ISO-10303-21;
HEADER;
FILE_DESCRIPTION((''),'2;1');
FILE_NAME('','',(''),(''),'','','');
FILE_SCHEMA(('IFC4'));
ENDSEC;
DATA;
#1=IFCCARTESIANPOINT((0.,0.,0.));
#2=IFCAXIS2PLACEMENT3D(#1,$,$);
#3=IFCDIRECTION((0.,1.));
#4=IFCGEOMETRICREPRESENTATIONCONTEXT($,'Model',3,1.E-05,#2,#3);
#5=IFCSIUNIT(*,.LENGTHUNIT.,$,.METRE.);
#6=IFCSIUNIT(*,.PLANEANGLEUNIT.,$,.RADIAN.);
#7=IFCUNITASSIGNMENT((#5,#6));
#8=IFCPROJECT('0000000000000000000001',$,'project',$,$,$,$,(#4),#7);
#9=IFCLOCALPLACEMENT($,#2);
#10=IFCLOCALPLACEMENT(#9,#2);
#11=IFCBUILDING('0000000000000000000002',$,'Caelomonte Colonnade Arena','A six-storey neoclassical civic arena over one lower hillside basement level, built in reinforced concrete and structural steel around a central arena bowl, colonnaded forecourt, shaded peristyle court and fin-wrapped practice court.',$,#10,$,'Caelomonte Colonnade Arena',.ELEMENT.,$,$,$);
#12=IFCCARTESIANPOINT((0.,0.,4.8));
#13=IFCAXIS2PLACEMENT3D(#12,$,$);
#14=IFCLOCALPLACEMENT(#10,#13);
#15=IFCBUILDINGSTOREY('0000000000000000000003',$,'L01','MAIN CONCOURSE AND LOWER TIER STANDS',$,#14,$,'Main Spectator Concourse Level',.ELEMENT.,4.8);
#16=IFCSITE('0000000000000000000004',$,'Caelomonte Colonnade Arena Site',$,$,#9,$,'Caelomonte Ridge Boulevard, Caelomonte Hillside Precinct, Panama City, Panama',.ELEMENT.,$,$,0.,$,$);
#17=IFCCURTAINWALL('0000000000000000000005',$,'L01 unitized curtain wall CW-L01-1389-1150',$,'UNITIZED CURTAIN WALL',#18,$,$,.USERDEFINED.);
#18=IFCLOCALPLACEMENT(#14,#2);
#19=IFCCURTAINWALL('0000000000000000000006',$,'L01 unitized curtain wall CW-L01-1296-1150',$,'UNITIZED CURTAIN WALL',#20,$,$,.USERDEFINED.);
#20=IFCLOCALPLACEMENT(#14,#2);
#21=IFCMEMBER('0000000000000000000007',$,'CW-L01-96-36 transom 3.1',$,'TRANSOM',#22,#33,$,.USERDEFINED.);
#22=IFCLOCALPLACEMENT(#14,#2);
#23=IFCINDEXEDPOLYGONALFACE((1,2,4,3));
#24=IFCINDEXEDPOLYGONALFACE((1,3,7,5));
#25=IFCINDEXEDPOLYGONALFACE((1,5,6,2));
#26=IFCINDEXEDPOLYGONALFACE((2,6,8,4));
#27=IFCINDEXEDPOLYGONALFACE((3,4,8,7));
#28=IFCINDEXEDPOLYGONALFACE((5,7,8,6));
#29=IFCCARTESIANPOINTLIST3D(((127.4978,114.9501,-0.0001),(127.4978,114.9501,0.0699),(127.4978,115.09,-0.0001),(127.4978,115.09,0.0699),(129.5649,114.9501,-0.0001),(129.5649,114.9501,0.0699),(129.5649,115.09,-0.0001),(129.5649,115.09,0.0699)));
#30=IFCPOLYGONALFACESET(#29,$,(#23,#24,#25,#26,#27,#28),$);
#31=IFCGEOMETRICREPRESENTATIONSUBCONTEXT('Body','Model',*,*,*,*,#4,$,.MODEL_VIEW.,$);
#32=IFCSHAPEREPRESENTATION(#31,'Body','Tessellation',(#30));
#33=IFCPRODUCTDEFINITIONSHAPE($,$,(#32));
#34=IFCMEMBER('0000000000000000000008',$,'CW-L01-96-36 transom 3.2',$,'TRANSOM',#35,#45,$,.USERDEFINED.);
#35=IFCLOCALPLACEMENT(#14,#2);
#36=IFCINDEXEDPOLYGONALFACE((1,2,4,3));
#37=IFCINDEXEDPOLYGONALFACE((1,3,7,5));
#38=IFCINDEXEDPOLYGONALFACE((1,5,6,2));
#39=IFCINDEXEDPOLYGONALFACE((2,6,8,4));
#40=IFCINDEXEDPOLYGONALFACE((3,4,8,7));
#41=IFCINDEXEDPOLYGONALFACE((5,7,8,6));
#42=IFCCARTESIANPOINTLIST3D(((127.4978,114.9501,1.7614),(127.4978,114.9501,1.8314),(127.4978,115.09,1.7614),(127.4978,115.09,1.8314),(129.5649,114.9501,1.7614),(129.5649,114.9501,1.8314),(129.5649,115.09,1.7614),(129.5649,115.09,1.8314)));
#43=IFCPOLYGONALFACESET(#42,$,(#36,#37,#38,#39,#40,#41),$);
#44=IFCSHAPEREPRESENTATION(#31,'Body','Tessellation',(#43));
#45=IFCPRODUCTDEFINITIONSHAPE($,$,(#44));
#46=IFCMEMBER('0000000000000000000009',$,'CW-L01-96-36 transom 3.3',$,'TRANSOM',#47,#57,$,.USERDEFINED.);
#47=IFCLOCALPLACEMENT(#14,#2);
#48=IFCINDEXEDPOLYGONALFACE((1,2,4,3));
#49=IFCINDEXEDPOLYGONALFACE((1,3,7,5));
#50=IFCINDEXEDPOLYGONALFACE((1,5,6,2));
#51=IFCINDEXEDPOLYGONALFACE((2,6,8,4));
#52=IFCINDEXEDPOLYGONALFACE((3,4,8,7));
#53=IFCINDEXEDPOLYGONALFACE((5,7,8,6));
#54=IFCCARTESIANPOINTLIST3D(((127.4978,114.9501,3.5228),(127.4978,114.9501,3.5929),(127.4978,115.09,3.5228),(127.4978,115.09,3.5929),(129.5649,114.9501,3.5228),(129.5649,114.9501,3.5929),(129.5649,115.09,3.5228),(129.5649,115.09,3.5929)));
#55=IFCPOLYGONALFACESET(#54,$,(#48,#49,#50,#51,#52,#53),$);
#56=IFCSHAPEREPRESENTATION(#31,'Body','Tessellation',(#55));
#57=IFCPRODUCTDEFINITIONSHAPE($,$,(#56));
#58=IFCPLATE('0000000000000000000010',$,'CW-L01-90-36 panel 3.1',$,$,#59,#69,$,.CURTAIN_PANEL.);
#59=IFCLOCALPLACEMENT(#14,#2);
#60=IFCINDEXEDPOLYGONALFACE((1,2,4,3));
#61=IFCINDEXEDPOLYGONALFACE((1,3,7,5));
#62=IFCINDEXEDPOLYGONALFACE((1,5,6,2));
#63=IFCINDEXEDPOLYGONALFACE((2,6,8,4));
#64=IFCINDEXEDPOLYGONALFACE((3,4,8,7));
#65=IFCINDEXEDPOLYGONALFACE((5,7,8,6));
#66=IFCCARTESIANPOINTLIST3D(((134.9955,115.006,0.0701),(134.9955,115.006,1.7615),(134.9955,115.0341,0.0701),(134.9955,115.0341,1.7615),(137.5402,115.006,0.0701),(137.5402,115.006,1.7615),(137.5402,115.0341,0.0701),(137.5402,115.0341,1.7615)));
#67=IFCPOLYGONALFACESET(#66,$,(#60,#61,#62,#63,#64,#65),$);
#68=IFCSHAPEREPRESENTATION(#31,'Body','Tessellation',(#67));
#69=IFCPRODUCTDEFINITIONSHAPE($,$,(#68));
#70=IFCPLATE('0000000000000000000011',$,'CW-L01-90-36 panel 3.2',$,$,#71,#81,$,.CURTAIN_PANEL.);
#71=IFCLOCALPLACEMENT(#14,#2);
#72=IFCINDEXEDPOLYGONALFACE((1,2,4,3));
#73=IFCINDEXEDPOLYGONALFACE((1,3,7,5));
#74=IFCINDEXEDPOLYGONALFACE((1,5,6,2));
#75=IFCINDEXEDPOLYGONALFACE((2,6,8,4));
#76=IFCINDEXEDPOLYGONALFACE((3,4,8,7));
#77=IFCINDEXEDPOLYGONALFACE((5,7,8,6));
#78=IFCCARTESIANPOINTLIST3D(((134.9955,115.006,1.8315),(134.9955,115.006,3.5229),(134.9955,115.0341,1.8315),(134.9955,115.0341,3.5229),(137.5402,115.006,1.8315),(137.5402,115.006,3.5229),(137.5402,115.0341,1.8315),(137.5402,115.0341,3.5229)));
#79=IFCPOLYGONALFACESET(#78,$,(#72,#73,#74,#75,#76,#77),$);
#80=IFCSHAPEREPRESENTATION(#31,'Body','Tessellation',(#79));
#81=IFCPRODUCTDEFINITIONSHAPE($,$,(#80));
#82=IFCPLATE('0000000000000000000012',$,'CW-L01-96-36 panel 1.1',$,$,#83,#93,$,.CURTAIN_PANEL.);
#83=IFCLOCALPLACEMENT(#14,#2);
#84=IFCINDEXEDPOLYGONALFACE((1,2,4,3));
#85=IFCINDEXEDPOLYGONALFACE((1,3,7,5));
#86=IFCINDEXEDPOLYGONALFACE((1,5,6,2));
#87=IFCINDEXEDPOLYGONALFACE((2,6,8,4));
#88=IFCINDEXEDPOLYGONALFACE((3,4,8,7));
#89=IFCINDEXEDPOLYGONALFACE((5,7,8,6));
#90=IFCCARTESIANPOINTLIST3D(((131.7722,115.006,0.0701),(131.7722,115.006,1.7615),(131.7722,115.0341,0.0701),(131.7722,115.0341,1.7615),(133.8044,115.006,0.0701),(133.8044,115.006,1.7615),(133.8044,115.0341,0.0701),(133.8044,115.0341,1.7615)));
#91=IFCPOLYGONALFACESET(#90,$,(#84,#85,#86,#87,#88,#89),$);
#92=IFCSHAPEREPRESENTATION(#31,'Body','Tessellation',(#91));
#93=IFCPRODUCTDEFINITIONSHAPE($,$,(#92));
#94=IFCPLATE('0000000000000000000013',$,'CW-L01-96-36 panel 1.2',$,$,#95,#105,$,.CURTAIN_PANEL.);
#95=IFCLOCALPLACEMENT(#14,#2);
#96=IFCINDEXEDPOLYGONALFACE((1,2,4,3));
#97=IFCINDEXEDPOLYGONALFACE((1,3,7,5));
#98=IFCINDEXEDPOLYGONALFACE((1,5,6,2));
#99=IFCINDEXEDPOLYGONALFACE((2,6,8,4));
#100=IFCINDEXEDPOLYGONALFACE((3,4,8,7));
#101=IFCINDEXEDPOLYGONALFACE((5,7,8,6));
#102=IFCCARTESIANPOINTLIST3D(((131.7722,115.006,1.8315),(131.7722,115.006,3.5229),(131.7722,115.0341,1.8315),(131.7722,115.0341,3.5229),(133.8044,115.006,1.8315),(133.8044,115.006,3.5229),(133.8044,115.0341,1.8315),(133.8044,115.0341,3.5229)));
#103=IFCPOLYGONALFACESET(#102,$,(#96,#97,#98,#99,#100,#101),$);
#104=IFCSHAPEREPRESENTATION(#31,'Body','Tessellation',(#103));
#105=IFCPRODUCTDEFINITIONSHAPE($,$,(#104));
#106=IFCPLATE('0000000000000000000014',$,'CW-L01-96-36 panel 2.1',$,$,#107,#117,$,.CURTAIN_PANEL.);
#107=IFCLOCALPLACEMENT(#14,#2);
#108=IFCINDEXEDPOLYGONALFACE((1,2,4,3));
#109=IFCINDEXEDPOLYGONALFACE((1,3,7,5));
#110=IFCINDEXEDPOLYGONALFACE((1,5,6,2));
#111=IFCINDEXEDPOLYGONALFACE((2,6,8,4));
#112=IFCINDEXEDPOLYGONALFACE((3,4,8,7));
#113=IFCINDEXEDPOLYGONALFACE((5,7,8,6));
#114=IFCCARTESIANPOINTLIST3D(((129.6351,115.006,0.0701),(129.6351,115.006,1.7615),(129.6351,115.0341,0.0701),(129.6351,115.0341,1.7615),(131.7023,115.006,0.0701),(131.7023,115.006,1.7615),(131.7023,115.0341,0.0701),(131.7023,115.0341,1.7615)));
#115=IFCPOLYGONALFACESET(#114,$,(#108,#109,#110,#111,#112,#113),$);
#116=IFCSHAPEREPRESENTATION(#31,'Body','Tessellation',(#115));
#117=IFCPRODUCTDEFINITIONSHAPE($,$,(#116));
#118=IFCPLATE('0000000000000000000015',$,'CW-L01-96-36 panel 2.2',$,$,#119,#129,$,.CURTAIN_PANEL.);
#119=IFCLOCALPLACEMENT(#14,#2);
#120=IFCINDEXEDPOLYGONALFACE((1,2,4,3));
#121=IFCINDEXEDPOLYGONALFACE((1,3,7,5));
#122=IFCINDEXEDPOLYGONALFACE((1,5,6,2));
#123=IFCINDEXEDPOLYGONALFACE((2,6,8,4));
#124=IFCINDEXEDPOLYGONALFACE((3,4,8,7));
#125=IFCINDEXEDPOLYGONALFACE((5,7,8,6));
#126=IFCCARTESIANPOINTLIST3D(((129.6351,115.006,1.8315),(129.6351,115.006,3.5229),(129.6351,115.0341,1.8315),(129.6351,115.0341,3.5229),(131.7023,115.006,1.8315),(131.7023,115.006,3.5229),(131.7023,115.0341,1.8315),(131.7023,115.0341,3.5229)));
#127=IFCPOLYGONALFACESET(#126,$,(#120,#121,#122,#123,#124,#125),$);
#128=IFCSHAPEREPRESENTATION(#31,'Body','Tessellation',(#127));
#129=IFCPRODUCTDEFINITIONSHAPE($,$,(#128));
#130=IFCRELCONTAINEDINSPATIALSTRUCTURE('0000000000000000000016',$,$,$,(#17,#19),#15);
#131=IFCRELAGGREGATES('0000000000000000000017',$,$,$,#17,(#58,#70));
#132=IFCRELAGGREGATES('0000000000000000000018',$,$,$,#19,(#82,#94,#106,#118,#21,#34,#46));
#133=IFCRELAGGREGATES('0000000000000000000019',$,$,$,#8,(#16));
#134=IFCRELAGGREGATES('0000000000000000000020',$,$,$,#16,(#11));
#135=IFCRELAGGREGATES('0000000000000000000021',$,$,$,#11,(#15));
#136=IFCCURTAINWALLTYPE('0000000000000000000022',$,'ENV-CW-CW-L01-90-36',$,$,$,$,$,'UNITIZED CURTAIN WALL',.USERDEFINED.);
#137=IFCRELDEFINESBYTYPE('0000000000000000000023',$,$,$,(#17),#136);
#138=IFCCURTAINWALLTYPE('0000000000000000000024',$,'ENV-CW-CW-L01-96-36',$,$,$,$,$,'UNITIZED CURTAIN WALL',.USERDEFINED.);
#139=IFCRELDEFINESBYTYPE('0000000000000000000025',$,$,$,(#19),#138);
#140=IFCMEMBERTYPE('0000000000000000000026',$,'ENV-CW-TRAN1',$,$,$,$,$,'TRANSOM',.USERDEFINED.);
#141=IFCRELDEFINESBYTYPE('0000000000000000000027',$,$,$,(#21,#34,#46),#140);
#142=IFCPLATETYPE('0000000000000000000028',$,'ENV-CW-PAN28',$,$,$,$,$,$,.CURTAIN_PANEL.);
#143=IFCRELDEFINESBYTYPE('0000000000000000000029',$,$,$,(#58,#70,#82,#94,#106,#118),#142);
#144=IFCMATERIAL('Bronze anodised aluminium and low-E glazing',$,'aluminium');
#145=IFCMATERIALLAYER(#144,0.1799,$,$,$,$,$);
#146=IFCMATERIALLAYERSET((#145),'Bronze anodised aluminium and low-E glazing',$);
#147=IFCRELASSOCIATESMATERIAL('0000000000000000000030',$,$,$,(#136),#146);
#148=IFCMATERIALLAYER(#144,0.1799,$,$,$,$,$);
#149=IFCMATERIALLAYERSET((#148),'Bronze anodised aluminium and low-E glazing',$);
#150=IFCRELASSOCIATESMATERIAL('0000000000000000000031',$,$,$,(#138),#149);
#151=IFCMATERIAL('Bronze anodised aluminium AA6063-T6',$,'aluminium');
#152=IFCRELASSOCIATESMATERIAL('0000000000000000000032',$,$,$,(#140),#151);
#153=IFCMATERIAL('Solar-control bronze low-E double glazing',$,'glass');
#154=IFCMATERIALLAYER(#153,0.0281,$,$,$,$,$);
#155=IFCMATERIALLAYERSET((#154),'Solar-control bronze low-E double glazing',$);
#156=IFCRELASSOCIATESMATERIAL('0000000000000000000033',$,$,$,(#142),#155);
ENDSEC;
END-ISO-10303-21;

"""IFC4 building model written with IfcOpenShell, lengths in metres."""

from ifc_helpers import new_model, si_unit, direction, frame, origin, origin_2d, place, context, subcontext, project, spatial, rectangle, extrude, material, layer, layer_set, material_profile, profile_set, type_object, element, aggregate, save


model = new_model("IFC4")

# Units and contexts
model_context = context("Model", 3, precision=1e-05, world=origin(), true_north=direction((0.0, 1.0)))
body_context = subcontext(model_context, "Body", "Model", "MODEL_VIEW")
ifc_project = project(units=[si_unit("LENGTHUNIT", "METRE"), si_unit("PLANEANGLEUNIT", "RADIAN")], contexts=[model_context])

# Site, building, storey
site_placement = place(None, origin())
site = spatial("IfcSite", under=ifc_project, at=site_placement, Name="Caelomonte Colonnade Arena Site", LongName="Caelomonte Ridge Boulevard, Caelomonte Hillside Precinct, Panama City, Panama", CompositionType="ELEMENT", RefElevation=0.0)
building_placement = place(site_placement, origin())
building = spatial("IfcBuilding", under=site, at=building_placement, Name="Caelomonte Colonnade Arena", Description="A six-storey neoclassical civic arena over one lower hillside basement level, built in reinforced concrete and structural steel around a central arena bowl, colonnaded forecourt, shaded peristyle court and fin-wrapped practice court.", LongName="Caelomonte Colonnade Arena", CompositionType="ELEMENT")
storey_placement = place(building_placement, frame((0.0, 0.0, 4.8)))
storey = spatial("IfcBuildingStorey", under=building, at=storey_placement, Name="L01", Description="MAIN CONCOURSE AND LOWER TIER STANDS", LongName="Main Spectator Concourse Level", CompositionType="ELEMENT", Elevation=4.8)

# Shared definitions
ifc_material_1 = material(Name="Bronze anodised aluminium and low-E glazing", Category="aluminium")
ifc_material_2 = material(Name="Bronze anodised aluminium AA6063-T6", Category="aluminium")

# Curtain walls
ifc_layer_1 = layer(ifc_material_1, 0.1799)
ifc_layer_set_1 = layer_set([ifc_layer_1], Name="Bronze anodised aluminium and low-E glazing")
curtain_wall_type_1 = type_object("IfcCurtainWallType", Name="ENV-CW-CW-L01-90-36", ElementType="UNITIZED CURTAIN WALL", PredefinedType="USERDEFINED", material=ifc_layer_set_1)
curtain_wall_1_placement = place(storey_placement, origin())
curtain_wall_1 = element("IfcCurtainWall", 1, at=curtain_wall_1_placement, inside=storey, type_object=curtain_wall_type_1, Name="L01 unitized curtain wall CW-L01-1389-1150", ObjectType="UNITIZED CURTAIN WALL", PredefinedType="USERDEFINED")
ifc_layer_2 = layer(ifc_material_1, 0.1799)
ifc_layer_set_2 = layer_set([ifc_layer_2], Name="Bronze anodised aluminium and low-E glazing")
curtain_wall_type_2 = type_object("IfcCurtainWallType", Name="ENV-CW-CW-L01-96-36", ElementType="UNITIZED CURTAIN WALL", PredefinedType="USERDEFINED", material=ifc_layer_set_2)
curtain_wall_2_placement = place(storey_placement, origin())
curtain_wall_2 = element("IfcCurtainWall", 2, at=curtain_wall_2_placement, inside=storey, type_object=curtain_wall_type_2, Name="L01 unitized curtain wall CW-L01-1296-1150", ObjectType="UNITIZED CURTAIN WALL", PredefinedType="USERDEFINED")

# Members
ifc_material_profile_1 = material_profile(ifc_material_2, rectangle(XDim=0.0701, YDim=0.1399, at=origin_2d()), Name="CWT-70X140")
ifc_profile_set_1 = profile_set([ifc_material_profile_1], Name="Bronze anodised aluminium AA6063-T6")
member_type_1 = type_object("IfcMemberType", Name="ENV-CW-TRAN1", ElementType="TRANSOM", PredefinedType="USERDEFINED", material=ifc_profile_set_1)
member_1_placement = place(storey_placement, frame((129.5649, 115.02, 0.0349), z_axis=(-1.0, 0.0, 0.0), x_axis=(0.0, 0.0, 1.0)))
member_1 = element("IfcMember", 3, at=member_1_placement, type_object=member_type_1, Name="CW-L01-96-36 transom 3.1", ObjectType="TRANSOM", PredefinedType="USERDEFINED", context=body_context, shape_type="SweptSolid", body=[
    extrude(rectangle(XDim=0.0701, YDim=0.1399, at=origin_2d()), origin(), (0.0, 0.0, 1.0), 2.0671),
])
member_2_placement = place(storey_placement, frame((129.5649, 115.02, 1.7964), z_axis=(-1.0, 0.0, 0.0), x_axis=(0.0, 0.0, 1.0)))
member_2 = element("IfcMember", 4, at=member_2_placement, type_object=member_type_1, Name="CW-L01-96-36 transom 3.2", ObjectType="TRANSOM", PredefinedType="USERDEFINED", context=body_context, shape_type="SweptSolid", body=[
    extrude(rectangle(XDim=0.0701, YDim=0.1399, at=origin_2d()), origin(), (0.0, 0.0, 1.0), 2.0671),
])
member_3_placement = place(storey_placement, frame((129.5649, 115.02, 3.5579), z_axis=(-1.0, 0.0, 0.0), x_axis=(0.0, 0.0, 1.0)))
member_3 = element("IfcMember", 5, at=member_3_placement, type_object=member_type_1, Name="CW-L01-96-36 transom 3.3", ObjectType="TRANSOM", PredefinedType="USERDEFINED", context=body_context, shape_type="SweptSolid", body=[
    extrude(rectangle(XDim=0.0701, YDim=0.1399, at=origin_2d()), origin(), (0.0, 0.0, 1.0), 2.0671),
])

# Plates
ifc_material_3 = material(Name="Solar-control bronze low-E double glazing", Category="glass")
ifc_layer_3 = layer(ifc_material_3, 0.0281)
ifc_layer_set_3 = layer_set([ifc_layer_3], Name="Solar-control bronze low-E double glazing")
plate_type = type_object("IfcPlateType", Name="ENV-CW-PAN28", PredefinedType="CURTAIN_PANEL", material=ifc_layer_set_3)
plate_1_placement = place(storey_placement, frame((136.2678, 115.02, 0.0701), z_axis=(0.0, 0.0, 1.0), x_axis=(-1.0, 0.0, 0.0)))
plate_1 = element("IfcPlate", 6, at=plate_1_placement, type_object=plate_type, Name="CW-L01-90-36 panel 3.1", PredefinedType="CURTAIN_PANEL", context=body_context, shape_type="SweptSolid", body=[
    extrude(rectangle(XDim=2.5447, YDim=0.0281, at=origin_2d()), origin(), (0.0, 0.0, 1.0), 1.6914),
])
plate_2_placement = place(storey_placement, frame((136.2678, 115.02, 1.8315), z_axis=(0.0, 0.0, 1.0), x_axis=(-1.0, 0.0, 0.0)))
plate_2 = element("IfcPlate", 7, at=plate_2_placement, type_object=plate_type, Name="CW-L01-90-36 panel 3.2", PredefinedType="CURTAIN_PANEL", context=body_context, shape_type="SweptSolid", body=[
    extrude(rectangle(XDim=2.5447, YDim=0.0281, at=origin_2d()), origin(), (0.0, 0.0, 1.0), 1.6914),
])
aggregate(curtain_wall_1, [plate_1, plate_2])
plate_3_placement = place(storey_placement, frame((132.7883, 115.02, 0.0701), z_axis=(0.0, 0.0, 1.0), x_axis=(-1.0, 0.0, 0.0)))
plate_3 = element("IfcPlate", 8, at=plate_3_placement, type_object=plate_type, Name="CW-L01-96-36 panel 1.1", PredefinedType="CURTAIN_PANEL", context=body_context, shape_type="SweptSolid", body=[
    extrude(rectangle(XDim=2.0322, YDim=0.0281, at=origin_2d()), origin(), (0.0, 0.0, 1.0), 1.6914),
])
plate_4_placement = place(storey_placement, frame((132.7883, 115.02, 1.8315), z_axis=(0.0, 0.0, 1.0), x_axis=(-1.0, 0.0, 0.0)))
plate_4 = element("IfcPlate", 9, at=plate_4_placement, type_object=plate_type, Name="CW-L01-96-36 panel 1.2", PredefinedType="CURTAIN_PANEL", context=body_context, shape_type="SweptSolid", body=[
    extrude(rectangle(XDim=2.0322, YDim=0.0281, at=origin_2d()), origin(), (0.0, 0.0, 1.0), 1.6914),
])
plate_5_placement = place(storey_placement, frame((130.6687, 115.02, 0.0701), z_axis=(0.0, 0.0, 1.0), x_axis=(-1.0, 0.0, 0.0)))
plate_5 = element("IfcPlate", 10, at=plate_5_placement, type_object=plate_type, Name="CW-L01-96-36 panel 2.1", PredefinedType="CURTAIN_PANEL", context=body_context, shape_type="SweptSolid", body=[
    extrude(rectangle(XDim=2.0671, YDim=0.0281, at=origin_2d()), origin(), (0.0, 0.0, 1.0), 1.6914),
])
plate_6_placement = place(storey_placement, frame((130.6687, 115.02, 1.8315), z_axis=(0.0, 0.0, 1.0), x_axis=(-1.0, 0.0, 0.0)))
plate_6 = element("IfcPlate", 11, at=plate_6_placement, type_object=plate_type, Name="CW-L01-96-36 panel 2.2", PredefinedType="CURTAIN_PANEL", context=body_context, shape_type="SweptSolid", body=[
    extrude(rectangle(XDim=2.0671, YDim=0.0281, at=origin_2d()), origin(), (0.0, 0.0, 1.0), 1.6914),
])
aggregate(curtain_wall_2, [plate_3, plate_4, plate_5, plate_6, member_1, member_2, member_3])

save(model, "model.ifc")
